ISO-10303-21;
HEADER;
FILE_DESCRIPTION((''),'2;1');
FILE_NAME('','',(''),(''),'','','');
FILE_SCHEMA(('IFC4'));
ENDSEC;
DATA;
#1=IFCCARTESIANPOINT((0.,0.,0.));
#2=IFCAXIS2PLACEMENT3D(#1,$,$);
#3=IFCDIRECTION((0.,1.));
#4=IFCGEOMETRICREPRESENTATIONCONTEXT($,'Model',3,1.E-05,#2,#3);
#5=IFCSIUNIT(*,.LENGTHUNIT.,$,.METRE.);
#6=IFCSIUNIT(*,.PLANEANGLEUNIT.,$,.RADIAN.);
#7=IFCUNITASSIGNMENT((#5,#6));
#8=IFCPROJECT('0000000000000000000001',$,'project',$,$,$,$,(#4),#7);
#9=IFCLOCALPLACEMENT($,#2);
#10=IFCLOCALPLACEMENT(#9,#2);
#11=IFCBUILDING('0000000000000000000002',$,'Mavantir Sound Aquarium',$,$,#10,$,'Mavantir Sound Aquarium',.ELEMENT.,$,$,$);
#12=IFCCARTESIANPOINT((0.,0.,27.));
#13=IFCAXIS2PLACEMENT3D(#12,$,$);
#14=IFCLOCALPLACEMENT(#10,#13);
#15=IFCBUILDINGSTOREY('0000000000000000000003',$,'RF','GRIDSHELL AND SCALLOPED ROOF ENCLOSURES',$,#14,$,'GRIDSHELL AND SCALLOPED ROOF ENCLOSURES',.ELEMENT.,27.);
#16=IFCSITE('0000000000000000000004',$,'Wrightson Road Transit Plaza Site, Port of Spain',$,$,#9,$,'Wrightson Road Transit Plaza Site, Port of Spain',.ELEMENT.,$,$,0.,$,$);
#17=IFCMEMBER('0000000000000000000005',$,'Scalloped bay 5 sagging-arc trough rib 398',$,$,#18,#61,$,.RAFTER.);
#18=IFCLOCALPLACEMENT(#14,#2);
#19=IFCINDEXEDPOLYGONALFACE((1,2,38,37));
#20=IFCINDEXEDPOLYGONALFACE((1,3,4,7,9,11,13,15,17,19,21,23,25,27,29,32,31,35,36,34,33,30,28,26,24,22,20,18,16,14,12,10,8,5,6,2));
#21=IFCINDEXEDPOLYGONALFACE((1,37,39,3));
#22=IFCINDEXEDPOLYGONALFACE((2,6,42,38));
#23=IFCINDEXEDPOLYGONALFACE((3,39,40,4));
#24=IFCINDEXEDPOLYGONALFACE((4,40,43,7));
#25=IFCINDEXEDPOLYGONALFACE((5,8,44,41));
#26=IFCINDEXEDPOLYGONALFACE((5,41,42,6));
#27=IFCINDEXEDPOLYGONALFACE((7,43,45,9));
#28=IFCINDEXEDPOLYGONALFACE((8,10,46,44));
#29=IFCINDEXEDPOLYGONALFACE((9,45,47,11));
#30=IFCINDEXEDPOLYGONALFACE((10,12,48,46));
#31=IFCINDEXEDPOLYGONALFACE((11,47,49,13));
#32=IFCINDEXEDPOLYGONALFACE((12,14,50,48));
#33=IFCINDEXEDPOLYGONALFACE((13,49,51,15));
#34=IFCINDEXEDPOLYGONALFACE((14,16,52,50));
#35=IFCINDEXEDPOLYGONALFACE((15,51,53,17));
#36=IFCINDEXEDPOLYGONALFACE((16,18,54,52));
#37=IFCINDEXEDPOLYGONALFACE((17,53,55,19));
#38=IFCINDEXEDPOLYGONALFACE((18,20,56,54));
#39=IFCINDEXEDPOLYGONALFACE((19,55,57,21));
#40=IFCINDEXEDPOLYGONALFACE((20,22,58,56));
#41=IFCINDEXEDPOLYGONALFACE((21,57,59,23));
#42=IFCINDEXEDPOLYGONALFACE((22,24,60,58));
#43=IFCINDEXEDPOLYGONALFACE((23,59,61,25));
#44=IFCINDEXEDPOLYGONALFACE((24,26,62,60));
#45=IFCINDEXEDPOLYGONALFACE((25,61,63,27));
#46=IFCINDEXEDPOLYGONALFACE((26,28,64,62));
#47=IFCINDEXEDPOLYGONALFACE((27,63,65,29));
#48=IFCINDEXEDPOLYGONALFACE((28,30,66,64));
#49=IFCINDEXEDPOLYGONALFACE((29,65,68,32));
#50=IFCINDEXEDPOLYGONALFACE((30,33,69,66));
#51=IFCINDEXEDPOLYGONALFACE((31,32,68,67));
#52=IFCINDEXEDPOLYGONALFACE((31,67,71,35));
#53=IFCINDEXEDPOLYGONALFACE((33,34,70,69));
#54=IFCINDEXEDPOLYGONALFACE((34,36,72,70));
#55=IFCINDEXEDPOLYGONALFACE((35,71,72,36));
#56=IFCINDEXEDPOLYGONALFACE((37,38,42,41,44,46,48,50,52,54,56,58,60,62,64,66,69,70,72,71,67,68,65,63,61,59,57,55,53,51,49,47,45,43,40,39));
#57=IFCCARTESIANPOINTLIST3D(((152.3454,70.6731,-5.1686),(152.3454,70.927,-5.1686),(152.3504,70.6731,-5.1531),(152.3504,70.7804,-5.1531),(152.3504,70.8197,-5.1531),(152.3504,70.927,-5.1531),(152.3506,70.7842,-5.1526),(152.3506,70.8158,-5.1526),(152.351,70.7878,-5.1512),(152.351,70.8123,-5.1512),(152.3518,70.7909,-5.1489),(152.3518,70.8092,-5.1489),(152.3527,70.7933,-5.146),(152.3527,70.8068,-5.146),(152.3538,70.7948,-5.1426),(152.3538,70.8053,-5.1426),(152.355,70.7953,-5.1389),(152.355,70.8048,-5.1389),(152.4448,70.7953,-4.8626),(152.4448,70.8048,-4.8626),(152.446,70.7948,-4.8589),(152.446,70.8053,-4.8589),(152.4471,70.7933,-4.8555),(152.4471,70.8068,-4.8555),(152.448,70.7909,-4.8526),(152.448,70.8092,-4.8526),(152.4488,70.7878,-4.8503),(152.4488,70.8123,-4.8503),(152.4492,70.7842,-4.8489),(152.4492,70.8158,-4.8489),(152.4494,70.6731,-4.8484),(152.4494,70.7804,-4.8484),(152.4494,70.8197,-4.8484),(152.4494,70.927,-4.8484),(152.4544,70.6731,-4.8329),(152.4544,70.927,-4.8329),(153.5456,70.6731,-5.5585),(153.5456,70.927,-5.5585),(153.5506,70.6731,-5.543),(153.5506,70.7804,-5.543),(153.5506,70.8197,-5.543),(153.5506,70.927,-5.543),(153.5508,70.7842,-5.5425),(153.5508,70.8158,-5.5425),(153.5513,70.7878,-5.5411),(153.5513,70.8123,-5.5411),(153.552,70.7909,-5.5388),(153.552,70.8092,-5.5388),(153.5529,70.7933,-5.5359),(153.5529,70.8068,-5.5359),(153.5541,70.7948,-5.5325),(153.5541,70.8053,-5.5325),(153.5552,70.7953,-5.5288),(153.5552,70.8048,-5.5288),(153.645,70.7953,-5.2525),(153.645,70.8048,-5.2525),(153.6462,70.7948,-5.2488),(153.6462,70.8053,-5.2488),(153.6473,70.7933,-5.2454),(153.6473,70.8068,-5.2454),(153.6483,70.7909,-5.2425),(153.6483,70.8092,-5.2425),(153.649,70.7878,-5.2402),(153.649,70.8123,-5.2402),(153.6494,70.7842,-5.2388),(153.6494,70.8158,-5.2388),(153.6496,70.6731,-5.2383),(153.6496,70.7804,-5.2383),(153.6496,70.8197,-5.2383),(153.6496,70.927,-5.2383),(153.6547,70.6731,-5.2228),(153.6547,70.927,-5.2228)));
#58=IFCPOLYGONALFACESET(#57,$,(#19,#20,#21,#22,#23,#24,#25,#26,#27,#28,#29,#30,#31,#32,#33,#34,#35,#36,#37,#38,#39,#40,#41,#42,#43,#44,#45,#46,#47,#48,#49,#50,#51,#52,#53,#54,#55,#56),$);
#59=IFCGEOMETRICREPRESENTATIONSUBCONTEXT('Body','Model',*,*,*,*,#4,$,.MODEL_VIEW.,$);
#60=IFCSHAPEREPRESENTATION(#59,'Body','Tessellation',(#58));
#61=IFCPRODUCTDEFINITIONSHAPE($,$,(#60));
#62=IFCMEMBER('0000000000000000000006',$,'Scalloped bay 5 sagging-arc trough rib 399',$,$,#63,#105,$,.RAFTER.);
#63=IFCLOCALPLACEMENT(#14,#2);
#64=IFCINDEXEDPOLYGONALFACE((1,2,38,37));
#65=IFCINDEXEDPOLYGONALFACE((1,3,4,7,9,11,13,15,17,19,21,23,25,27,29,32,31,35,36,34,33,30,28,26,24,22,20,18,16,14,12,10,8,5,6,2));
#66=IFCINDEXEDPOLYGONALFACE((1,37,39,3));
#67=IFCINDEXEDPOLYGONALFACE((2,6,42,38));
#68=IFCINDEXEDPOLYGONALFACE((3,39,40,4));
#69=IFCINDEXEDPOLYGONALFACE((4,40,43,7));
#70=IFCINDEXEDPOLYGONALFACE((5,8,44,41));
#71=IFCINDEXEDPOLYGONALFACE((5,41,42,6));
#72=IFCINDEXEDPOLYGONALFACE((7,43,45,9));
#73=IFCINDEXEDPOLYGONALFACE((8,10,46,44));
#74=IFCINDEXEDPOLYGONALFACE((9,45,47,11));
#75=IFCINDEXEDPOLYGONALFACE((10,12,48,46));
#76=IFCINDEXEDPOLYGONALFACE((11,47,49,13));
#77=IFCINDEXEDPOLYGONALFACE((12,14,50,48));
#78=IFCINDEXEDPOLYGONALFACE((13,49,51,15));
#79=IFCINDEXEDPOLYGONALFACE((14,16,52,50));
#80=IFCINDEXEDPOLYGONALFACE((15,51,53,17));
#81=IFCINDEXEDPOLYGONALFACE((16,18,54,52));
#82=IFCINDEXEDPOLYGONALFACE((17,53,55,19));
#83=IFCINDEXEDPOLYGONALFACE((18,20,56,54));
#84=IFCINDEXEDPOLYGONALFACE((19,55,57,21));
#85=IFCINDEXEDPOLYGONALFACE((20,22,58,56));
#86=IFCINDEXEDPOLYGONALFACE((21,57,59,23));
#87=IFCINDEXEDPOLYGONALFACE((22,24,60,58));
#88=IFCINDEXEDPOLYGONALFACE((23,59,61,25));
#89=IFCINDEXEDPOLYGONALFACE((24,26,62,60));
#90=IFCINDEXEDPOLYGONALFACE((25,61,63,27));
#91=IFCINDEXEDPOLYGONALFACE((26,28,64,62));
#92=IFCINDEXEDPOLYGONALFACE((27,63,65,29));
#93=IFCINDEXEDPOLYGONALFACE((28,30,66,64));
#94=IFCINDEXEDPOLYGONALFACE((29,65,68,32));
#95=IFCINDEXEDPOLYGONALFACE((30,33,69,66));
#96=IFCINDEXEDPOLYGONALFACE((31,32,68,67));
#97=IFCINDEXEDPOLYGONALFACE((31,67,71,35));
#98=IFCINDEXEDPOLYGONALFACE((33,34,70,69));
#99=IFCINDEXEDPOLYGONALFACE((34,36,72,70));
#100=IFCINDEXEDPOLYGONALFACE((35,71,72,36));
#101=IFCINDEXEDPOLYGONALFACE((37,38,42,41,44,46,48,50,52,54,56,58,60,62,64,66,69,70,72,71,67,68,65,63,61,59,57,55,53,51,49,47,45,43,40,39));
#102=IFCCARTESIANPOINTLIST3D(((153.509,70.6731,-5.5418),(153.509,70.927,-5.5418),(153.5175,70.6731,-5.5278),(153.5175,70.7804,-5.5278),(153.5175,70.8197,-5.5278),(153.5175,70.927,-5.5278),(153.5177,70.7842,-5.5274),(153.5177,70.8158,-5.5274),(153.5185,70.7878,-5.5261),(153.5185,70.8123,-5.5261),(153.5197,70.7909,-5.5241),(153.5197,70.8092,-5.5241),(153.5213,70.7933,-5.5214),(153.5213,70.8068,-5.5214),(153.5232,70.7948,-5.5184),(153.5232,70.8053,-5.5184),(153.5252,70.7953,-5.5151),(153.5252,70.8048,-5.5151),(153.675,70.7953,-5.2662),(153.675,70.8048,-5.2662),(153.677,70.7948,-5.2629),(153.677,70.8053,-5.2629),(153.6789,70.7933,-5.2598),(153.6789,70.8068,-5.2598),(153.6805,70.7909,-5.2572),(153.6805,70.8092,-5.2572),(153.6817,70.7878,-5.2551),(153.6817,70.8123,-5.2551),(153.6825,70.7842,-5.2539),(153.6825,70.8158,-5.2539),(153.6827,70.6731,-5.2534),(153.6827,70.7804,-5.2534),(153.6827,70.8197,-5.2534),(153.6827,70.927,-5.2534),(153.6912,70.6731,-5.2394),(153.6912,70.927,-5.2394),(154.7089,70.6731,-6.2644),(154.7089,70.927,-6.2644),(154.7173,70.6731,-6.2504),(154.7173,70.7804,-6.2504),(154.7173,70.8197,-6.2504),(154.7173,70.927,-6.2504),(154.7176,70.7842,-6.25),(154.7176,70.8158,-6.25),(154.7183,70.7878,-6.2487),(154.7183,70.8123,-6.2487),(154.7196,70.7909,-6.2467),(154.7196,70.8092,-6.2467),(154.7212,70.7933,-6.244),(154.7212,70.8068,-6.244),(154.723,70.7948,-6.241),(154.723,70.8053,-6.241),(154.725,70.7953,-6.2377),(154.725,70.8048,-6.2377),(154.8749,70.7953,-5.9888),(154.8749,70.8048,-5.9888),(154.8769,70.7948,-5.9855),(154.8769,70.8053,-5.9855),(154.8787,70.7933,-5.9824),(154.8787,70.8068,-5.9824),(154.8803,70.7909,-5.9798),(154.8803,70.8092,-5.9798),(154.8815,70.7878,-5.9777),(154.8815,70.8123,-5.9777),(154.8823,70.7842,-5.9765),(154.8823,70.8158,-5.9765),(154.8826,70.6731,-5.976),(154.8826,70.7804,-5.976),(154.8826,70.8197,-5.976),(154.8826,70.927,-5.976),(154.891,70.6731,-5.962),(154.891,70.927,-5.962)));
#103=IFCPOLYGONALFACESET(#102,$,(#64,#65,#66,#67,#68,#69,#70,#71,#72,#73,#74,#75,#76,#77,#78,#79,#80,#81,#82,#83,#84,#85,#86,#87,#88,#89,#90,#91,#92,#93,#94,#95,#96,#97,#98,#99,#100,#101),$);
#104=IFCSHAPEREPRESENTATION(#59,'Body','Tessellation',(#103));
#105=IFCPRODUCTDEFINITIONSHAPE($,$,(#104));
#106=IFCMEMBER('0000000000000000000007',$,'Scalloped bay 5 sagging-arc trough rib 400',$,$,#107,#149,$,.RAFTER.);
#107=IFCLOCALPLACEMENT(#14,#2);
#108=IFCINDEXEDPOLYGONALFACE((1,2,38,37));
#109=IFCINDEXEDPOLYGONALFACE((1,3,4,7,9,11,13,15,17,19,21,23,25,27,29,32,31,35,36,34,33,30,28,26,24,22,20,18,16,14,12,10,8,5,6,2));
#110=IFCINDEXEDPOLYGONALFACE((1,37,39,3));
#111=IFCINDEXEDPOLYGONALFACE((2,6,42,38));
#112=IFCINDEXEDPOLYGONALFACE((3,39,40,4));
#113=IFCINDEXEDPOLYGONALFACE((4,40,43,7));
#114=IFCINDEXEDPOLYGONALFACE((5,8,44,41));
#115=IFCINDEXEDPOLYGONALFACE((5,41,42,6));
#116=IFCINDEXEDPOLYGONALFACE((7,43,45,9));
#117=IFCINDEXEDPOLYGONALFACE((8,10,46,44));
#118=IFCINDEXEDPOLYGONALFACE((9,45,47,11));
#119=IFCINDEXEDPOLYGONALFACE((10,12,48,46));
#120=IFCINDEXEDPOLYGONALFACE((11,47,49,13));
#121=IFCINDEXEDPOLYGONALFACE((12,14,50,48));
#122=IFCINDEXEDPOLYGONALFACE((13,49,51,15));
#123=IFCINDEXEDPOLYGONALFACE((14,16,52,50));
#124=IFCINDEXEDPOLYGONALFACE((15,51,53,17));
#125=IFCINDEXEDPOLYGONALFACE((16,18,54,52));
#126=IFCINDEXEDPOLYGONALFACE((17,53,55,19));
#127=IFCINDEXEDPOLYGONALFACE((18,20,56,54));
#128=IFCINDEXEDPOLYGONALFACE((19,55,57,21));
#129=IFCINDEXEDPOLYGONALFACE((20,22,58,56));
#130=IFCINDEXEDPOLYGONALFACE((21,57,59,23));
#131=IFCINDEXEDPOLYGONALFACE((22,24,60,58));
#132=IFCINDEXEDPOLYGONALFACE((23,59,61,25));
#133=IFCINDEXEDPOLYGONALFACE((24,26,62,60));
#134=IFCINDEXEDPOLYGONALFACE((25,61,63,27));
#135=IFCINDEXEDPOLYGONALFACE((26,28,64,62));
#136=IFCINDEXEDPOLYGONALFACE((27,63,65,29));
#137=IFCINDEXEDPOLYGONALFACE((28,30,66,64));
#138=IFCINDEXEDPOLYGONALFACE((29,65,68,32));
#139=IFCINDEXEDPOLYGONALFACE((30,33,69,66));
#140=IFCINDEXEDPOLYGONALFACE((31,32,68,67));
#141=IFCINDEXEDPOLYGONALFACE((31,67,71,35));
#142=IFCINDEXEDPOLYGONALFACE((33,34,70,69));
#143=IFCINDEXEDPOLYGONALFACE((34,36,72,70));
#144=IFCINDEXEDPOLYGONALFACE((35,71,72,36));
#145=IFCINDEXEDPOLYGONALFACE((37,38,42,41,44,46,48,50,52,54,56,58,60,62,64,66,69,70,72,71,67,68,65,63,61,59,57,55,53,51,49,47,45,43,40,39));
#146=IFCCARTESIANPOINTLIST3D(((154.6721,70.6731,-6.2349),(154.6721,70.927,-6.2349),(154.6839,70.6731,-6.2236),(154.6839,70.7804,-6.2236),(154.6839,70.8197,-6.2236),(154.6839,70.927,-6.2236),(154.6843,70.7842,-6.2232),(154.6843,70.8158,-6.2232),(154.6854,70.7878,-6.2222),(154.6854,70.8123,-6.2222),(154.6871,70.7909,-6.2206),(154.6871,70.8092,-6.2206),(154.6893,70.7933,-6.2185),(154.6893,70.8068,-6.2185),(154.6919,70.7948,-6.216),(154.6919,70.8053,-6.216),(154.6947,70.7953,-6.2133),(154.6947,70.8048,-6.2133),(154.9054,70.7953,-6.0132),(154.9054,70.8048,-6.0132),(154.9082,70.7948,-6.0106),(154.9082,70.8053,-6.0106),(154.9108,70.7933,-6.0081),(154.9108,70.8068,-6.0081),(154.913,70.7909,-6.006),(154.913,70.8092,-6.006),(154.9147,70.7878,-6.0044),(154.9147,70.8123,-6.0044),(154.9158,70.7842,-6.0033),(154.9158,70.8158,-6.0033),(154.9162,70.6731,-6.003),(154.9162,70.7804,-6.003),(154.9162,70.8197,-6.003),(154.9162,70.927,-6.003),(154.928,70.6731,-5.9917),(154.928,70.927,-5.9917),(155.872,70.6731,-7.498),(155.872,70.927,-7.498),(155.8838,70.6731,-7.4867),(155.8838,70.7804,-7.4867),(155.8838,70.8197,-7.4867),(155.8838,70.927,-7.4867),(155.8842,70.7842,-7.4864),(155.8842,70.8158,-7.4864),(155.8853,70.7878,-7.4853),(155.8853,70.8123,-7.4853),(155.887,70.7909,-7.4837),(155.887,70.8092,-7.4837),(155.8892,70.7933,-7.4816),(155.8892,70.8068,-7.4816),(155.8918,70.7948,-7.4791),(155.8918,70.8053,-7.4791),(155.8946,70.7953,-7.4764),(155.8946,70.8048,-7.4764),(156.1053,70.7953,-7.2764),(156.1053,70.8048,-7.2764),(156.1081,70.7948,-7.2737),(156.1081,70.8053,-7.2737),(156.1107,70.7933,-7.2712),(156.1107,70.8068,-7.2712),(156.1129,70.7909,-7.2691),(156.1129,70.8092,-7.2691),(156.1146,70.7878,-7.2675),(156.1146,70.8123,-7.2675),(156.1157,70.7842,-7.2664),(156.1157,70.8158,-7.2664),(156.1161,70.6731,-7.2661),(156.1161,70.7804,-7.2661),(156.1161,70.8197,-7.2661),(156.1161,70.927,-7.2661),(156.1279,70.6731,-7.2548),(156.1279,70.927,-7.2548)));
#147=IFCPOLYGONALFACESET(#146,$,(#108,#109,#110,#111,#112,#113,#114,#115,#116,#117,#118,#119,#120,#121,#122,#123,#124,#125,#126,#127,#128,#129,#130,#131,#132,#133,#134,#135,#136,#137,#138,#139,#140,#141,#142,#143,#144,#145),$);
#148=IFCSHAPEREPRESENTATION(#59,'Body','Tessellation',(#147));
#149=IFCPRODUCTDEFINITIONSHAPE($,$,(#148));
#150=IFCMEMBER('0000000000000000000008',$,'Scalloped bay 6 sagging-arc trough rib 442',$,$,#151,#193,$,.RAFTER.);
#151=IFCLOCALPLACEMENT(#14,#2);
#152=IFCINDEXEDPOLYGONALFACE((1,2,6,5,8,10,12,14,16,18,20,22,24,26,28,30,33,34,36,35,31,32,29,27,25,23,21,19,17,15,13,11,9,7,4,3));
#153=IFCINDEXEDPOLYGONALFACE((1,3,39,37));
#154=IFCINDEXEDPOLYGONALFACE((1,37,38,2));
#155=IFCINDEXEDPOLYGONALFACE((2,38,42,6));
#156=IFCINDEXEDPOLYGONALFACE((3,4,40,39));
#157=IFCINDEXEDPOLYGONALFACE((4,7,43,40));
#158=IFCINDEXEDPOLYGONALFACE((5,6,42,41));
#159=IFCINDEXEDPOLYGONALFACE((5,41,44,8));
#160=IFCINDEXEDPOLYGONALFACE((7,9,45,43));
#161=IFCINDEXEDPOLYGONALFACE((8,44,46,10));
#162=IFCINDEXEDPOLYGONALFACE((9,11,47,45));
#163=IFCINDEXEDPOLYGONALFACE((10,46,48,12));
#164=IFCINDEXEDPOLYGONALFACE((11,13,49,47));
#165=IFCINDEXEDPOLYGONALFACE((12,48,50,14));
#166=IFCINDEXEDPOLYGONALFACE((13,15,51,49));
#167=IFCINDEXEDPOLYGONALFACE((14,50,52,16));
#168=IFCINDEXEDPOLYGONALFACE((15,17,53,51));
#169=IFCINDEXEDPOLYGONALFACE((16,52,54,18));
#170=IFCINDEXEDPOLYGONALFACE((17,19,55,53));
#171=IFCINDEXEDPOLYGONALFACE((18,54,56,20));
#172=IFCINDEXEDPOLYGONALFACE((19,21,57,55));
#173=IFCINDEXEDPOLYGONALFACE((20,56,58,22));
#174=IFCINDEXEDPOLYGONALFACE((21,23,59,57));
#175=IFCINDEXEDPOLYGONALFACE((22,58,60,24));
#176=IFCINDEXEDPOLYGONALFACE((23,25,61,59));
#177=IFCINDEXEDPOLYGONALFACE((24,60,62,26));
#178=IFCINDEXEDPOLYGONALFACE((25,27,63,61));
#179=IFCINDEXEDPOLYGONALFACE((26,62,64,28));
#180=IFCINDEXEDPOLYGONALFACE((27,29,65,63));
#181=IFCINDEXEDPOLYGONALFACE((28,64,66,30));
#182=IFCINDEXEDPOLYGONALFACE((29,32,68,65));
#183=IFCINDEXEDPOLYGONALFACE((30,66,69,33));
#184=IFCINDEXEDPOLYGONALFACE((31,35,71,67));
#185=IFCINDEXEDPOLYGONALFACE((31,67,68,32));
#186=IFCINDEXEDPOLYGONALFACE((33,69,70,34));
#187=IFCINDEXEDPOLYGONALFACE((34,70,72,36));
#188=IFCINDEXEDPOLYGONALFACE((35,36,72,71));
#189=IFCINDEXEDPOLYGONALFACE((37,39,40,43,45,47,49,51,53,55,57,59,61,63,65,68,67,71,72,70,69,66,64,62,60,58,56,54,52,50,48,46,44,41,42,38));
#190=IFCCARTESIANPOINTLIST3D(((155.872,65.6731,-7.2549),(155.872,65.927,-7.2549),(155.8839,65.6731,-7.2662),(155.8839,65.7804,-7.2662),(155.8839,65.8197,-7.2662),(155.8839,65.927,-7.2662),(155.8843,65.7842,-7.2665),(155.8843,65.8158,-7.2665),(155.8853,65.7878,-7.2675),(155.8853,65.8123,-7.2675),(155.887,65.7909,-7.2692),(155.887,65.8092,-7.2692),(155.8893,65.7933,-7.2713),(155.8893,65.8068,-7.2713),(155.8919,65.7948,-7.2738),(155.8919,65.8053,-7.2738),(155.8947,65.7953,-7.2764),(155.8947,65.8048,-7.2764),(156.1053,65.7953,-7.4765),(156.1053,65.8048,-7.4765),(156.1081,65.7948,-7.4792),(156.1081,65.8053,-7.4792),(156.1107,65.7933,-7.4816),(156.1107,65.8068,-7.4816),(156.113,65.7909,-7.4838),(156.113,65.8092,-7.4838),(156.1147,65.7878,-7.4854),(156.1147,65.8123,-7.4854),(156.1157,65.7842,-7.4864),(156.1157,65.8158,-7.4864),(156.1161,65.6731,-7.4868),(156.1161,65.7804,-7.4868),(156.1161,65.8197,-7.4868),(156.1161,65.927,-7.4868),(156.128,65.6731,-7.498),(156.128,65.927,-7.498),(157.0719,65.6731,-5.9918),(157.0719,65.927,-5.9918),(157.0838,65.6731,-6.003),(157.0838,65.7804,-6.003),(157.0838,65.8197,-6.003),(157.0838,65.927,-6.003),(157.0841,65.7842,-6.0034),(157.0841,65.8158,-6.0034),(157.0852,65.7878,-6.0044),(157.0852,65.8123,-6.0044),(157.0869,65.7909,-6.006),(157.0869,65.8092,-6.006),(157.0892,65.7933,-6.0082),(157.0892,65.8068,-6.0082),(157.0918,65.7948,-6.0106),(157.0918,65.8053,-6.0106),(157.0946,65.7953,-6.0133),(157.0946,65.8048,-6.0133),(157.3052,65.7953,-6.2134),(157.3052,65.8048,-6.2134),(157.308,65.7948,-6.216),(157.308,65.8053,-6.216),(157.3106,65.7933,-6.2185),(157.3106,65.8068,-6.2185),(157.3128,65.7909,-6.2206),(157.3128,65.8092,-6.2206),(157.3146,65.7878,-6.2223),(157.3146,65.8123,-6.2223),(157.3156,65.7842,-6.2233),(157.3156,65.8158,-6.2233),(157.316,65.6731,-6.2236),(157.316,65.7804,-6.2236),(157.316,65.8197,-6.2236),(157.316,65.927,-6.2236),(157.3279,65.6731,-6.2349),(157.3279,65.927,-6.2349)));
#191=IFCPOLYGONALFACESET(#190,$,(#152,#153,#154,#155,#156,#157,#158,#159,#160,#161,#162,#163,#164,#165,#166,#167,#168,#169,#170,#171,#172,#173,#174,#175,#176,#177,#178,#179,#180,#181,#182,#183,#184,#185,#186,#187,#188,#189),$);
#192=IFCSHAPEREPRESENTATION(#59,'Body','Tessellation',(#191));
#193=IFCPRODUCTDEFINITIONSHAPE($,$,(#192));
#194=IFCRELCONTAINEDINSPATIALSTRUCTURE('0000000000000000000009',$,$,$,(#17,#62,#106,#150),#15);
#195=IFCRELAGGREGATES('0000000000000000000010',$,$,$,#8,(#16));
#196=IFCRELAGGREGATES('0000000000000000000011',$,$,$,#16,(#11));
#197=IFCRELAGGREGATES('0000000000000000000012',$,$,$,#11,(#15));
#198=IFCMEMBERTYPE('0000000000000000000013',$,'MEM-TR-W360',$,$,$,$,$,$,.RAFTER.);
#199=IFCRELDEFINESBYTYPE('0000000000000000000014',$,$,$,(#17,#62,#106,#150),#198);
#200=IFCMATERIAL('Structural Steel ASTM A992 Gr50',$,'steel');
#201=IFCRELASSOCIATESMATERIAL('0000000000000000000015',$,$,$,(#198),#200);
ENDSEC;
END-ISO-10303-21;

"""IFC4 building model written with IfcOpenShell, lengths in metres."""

from ifc_helpers import new_model, si_unit, direction, frame, origin, origin_2d, place, context, subcontext, project, spatial, i_section, extrude, material, material_profile, profile_set, type_object, element, save


model = new_model("IFC4")

# Units and contexts
model_context = context("Model", 3, precision=1e-05, world=origin(), true_north=direction((0.0, 1.0)))
body_context = subcontext(model_context, "Body", "Model", "MODEL_VIEW")
ifc_project = project(units=[si_unit("LENGTHUNIT", "METRE"), si_unit("PLANEANGLEUNIT", "RADIAN")], contexts=[model_context])

# Site, building, storey
site_placement = place(None, origin())
site = spatial("IfcSite", under=ifc_project, at=site_placement, Name="Wrightson Road Transit Plaza Site, Port of Spain", LongName="Wrightson Road Transit Plaza Site, Port of Spain", CompositionType="ELEMENT", RefElevation=0.0)
building_placement = place(site_placement, origin())
building = spatial("IfcBuilding", under=site, at=building_placement, Name="Mavantir Sound Aquarium", LongName="Mavantir Sound Aquarium", CompositionType="ELEMENT")
storey_placement = place(building_placement, frame((0.0, 0.0, 27.0)))
storey = spatial("IfcBuildingStorey", under=building, at=storey_placement, Name="RF", Description="GRIDSHELL AND SCALLOPED ROOF ENCLOSURES", LongName="GRIDSHELL AND SCALLOPED ROOF ENCLOSURES", CompositionType="ELEMENT", Elevation=27.0)

# Shared definitions
ifc_material_1 = material(Name="Structural Steel ASTM A992 Gr50", Category="steel")

# Members
ifc_material_profile_1 = material_profile(ifc_material_1, i_section(OverallWidth=0.2539, OverallDepth=0.353, WebThickness=0.0095, FlangeThickness=0.0164, FilletRadius=0.0149, at=origin_2d()), Name="W360X91")
ifc_profile_set_1 = profile_set([ifc_material_profile_1], Name="Structural Steel ASTM A992 Gr50")
member_type_1 = type_object("IfcMemberType", Name="MEM-TR-W360", PredefinedType="RAFTER", material=ifc_profile_set_1)
member_1_placement = place(storey_placement, frame((152.3999, 70.8, -5.0007), z_axis=(0.951074, 0.0, -0.308964), x_axis=(0.0, 1.0, 0.0)))
element("IfcMember", 1, at=member_1_placement, inside=storey, type_object=member_type_1, Name="Scalloped bay 5 sagging-arc trough rib 398", PredefinedType="RAFTER", context=body_context, shape_type="SweptSolid", body=[
    extrude(i_section(OverallWidth=0.2539, OverallDepth=0.353, WebThickness=0.0095, FlangeThickness=0.0164, FilletRadius=0.0149, at=origin_2d()), origin(), (0.0, 0.0, 1.0), 1.262),
])
member_2_placement = place(storey_placement, frame((153.6001, 70.8, -5.3906), z_axis=(0.856646, 0.0, -0.515905), x_axis=(0.0, 1.0, 0.0)))
element("IfcMember", 2, at=member_2_placement, inside=storey, type_object=member_type_1, Name="Scalloped bay 5 sagging-arc trough rib 399", PredefinedType="RAFTER", context=body_context, shape_type="SweptSolid", body=[
    extrude(i_section(OverallWidth=0.2539, OverallDepth=0.353, WebThickness=0.0095, FlangeThickness=0.0164, FilletRadius=0.0149, at=origin_2d()), origin(), (0.0, 0.0, 1.0), 1.4006),
])
for number, where, z_axis, x_axis, name in (
    (3, (154.8, 70.8, -6.1133), (0.688727, 0.0, -0.72502), (0.0, 1.0, 0.0), "Scalloped bay 5 sagging-arc trough rib 400"),
    (4, (156.0, 65.8, -7.3765), (0.688727, 0.0, 0.72502), (0.0, 1.0, 0.0), "Scalloped bay 6 sagging-arc trough rib 442"),
):
    element("IfcMember", number, at=place(storey_placement, frame(where, z_axis=z_axis, x_axis=x_axis)), inside=storey, type_object=member_type_1, Name=name, PredefinedType="RAFTER", context=body_context, shape_type="SweptSolid", body=[
        extrude(i_section(OverallWidth=0.2539, OverallDepth=0.353, WebThickness=0.0095, FlangeThickness=0.0164, FilletRadius=0.0149, at=origin_2d()), origin(), (0.0, 0.0, 1.0), 1.7422),
    ])

save(model, "model.ifc")
